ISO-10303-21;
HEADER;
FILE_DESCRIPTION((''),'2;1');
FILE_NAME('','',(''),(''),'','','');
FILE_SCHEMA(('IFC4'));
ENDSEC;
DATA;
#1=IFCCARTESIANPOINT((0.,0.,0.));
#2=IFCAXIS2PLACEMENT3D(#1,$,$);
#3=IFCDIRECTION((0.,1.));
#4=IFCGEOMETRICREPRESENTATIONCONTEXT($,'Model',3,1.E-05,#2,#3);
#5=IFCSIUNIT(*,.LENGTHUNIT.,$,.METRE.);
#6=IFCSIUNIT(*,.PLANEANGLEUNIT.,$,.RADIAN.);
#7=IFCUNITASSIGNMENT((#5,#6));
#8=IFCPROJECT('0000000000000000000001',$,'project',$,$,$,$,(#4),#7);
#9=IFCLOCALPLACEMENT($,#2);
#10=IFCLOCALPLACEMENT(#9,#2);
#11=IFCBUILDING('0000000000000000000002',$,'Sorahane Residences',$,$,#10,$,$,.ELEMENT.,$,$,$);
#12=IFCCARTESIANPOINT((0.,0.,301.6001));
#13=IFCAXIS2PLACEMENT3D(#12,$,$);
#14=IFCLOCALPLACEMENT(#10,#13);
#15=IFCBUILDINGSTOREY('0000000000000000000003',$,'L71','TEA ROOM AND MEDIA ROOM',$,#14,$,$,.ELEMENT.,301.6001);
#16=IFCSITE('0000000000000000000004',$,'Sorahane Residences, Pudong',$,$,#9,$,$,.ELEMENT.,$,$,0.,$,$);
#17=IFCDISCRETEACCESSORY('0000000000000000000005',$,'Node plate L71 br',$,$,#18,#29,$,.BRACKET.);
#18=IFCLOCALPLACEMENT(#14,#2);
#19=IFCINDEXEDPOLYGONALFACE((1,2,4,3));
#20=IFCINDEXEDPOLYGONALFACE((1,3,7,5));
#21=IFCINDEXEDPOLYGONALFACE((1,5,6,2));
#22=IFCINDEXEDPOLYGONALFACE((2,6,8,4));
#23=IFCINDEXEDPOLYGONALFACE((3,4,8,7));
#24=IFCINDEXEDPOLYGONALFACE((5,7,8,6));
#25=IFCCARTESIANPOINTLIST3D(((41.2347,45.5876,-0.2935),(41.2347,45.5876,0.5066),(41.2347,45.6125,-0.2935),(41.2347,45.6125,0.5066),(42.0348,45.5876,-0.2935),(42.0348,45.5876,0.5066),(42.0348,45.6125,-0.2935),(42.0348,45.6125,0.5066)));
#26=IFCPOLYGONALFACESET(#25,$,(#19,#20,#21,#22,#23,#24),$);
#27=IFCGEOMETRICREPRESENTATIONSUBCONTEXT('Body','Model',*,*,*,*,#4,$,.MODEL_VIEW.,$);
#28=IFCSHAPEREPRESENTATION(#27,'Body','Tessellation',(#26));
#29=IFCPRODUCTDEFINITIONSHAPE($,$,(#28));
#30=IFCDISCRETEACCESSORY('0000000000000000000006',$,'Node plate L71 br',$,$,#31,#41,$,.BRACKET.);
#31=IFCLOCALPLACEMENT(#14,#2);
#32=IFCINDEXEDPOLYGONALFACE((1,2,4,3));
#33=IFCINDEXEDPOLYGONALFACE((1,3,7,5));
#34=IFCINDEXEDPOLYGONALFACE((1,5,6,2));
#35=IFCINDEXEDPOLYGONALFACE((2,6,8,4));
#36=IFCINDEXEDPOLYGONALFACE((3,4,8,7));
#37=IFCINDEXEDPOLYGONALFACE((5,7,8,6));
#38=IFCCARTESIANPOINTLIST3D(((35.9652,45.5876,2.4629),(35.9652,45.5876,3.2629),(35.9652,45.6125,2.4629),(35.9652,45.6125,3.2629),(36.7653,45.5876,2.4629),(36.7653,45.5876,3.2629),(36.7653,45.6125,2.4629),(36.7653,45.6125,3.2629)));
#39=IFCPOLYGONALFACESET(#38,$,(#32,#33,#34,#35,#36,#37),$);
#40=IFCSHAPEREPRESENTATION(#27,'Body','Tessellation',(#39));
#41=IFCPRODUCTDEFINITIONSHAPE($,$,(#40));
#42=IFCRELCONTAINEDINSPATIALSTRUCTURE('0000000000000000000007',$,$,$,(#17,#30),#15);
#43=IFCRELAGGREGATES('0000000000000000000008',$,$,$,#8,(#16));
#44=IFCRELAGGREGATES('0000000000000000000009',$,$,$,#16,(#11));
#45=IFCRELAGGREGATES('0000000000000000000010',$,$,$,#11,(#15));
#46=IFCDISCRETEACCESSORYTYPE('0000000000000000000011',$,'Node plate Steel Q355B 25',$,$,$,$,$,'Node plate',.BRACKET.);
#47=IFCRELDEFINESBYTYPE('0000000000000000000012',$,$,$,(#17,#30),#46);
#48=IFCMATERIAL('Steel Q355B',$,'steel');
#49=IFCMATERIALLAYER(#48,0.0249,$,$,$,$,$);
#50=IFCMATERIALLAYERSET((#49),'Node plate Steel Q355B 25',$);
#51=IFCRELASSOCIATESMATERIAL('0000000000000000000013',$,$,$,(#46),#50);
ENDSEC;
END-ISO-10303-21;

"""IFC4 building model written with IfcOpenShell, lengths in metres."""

from ifc_helpers import new_model, si_unit, direction, frame, origin, origin_2d, place, context, subcontext, project, spatial, rectangle, extrude, material, layer, layer_set, type_object, element, save


model = new_model("IFC4")

# Units and contexts
model_context = context("Model", 3, precision=1e-05, world=origin(), true_north=direction((0.0, 1.0)))
body_context = subcontext(model_context, "Body", "Model", "MODEL_VIEW")
ifc_project = project(units=[si_unit("LENGTHUNIT", "METRE"), si_unit("PLANEANGLEUNIT", "RADIAN")], contexts=[model_context])

# Site, building, storey
site_placement = place(None, origin())
site = spatial("IfcSite", under=ifc_project, at=site_placement, Name="Sorahane Residences, Pudong", CompositionType="ELEMENT", RefElevation=0.0)
building_placement = place(site_placement, origin())
building = spatial("IfcBuilding", under=site, at=building_placement, Name="Sorahane Residences", CompositionType="ELEMENT")
storey_placement = place(building_placement, frame((0.0, 0.0, 301.6001)))
storey = spatial("IfcBuildingStorey", under=building, at=storey_placement, Name="L71", Description="TEA ROOM AND MEDIA ROOM", CompositionType="ELEMENT", Elevation=301.6001)

# Discrete accessories
ifc_material_1 = material(Name="Steel Q355B", Category="steel")
ifc_layer_1 = layer(ifc_material_1, 0.0249)
ifc_layer_set_1 = layer_set([ifc_layer_1], Name="Node plate Steel Q355B 25")
discrete_accessory_type = type_object("IfcDiscreteAccessoryType", Name="Node plate Steel Q355B 25", ElementType="Node plate", PredefinedType="BRACKET", material=ifc_layer_set_1)
for number, where, z_axis, x_axis, name in (
    (1, (41.6348, 45.6001, -0.2935), (0.0, 0.0, 1.0), (1.0, 0.0, 0.0), "Node plate L71 br"),
    (2, (36.3652, 45.6001, 2.4629), (0.0, 0.0, 1.0), (1.0, 0.0, 0.0), "Node plate L71 br"),
):
    element("IfcDiscreteAccessory", number, at=place(storey_placement, frame(where, z_axis=z_axis, x_axis=x_axis)), inside=storey, type_object=discrete_accessory_type, Name=name, PredefinedType="BRACKET", context=body_context, shape_type="SweptSolid", body=[
        extrude(rectangle(XDim=0.8, YDim=0.0249, at=origin_2d()), origin(), (0.0, 0.0, 1.0), 0.8),
    ])

save(model, "model.ifc")
